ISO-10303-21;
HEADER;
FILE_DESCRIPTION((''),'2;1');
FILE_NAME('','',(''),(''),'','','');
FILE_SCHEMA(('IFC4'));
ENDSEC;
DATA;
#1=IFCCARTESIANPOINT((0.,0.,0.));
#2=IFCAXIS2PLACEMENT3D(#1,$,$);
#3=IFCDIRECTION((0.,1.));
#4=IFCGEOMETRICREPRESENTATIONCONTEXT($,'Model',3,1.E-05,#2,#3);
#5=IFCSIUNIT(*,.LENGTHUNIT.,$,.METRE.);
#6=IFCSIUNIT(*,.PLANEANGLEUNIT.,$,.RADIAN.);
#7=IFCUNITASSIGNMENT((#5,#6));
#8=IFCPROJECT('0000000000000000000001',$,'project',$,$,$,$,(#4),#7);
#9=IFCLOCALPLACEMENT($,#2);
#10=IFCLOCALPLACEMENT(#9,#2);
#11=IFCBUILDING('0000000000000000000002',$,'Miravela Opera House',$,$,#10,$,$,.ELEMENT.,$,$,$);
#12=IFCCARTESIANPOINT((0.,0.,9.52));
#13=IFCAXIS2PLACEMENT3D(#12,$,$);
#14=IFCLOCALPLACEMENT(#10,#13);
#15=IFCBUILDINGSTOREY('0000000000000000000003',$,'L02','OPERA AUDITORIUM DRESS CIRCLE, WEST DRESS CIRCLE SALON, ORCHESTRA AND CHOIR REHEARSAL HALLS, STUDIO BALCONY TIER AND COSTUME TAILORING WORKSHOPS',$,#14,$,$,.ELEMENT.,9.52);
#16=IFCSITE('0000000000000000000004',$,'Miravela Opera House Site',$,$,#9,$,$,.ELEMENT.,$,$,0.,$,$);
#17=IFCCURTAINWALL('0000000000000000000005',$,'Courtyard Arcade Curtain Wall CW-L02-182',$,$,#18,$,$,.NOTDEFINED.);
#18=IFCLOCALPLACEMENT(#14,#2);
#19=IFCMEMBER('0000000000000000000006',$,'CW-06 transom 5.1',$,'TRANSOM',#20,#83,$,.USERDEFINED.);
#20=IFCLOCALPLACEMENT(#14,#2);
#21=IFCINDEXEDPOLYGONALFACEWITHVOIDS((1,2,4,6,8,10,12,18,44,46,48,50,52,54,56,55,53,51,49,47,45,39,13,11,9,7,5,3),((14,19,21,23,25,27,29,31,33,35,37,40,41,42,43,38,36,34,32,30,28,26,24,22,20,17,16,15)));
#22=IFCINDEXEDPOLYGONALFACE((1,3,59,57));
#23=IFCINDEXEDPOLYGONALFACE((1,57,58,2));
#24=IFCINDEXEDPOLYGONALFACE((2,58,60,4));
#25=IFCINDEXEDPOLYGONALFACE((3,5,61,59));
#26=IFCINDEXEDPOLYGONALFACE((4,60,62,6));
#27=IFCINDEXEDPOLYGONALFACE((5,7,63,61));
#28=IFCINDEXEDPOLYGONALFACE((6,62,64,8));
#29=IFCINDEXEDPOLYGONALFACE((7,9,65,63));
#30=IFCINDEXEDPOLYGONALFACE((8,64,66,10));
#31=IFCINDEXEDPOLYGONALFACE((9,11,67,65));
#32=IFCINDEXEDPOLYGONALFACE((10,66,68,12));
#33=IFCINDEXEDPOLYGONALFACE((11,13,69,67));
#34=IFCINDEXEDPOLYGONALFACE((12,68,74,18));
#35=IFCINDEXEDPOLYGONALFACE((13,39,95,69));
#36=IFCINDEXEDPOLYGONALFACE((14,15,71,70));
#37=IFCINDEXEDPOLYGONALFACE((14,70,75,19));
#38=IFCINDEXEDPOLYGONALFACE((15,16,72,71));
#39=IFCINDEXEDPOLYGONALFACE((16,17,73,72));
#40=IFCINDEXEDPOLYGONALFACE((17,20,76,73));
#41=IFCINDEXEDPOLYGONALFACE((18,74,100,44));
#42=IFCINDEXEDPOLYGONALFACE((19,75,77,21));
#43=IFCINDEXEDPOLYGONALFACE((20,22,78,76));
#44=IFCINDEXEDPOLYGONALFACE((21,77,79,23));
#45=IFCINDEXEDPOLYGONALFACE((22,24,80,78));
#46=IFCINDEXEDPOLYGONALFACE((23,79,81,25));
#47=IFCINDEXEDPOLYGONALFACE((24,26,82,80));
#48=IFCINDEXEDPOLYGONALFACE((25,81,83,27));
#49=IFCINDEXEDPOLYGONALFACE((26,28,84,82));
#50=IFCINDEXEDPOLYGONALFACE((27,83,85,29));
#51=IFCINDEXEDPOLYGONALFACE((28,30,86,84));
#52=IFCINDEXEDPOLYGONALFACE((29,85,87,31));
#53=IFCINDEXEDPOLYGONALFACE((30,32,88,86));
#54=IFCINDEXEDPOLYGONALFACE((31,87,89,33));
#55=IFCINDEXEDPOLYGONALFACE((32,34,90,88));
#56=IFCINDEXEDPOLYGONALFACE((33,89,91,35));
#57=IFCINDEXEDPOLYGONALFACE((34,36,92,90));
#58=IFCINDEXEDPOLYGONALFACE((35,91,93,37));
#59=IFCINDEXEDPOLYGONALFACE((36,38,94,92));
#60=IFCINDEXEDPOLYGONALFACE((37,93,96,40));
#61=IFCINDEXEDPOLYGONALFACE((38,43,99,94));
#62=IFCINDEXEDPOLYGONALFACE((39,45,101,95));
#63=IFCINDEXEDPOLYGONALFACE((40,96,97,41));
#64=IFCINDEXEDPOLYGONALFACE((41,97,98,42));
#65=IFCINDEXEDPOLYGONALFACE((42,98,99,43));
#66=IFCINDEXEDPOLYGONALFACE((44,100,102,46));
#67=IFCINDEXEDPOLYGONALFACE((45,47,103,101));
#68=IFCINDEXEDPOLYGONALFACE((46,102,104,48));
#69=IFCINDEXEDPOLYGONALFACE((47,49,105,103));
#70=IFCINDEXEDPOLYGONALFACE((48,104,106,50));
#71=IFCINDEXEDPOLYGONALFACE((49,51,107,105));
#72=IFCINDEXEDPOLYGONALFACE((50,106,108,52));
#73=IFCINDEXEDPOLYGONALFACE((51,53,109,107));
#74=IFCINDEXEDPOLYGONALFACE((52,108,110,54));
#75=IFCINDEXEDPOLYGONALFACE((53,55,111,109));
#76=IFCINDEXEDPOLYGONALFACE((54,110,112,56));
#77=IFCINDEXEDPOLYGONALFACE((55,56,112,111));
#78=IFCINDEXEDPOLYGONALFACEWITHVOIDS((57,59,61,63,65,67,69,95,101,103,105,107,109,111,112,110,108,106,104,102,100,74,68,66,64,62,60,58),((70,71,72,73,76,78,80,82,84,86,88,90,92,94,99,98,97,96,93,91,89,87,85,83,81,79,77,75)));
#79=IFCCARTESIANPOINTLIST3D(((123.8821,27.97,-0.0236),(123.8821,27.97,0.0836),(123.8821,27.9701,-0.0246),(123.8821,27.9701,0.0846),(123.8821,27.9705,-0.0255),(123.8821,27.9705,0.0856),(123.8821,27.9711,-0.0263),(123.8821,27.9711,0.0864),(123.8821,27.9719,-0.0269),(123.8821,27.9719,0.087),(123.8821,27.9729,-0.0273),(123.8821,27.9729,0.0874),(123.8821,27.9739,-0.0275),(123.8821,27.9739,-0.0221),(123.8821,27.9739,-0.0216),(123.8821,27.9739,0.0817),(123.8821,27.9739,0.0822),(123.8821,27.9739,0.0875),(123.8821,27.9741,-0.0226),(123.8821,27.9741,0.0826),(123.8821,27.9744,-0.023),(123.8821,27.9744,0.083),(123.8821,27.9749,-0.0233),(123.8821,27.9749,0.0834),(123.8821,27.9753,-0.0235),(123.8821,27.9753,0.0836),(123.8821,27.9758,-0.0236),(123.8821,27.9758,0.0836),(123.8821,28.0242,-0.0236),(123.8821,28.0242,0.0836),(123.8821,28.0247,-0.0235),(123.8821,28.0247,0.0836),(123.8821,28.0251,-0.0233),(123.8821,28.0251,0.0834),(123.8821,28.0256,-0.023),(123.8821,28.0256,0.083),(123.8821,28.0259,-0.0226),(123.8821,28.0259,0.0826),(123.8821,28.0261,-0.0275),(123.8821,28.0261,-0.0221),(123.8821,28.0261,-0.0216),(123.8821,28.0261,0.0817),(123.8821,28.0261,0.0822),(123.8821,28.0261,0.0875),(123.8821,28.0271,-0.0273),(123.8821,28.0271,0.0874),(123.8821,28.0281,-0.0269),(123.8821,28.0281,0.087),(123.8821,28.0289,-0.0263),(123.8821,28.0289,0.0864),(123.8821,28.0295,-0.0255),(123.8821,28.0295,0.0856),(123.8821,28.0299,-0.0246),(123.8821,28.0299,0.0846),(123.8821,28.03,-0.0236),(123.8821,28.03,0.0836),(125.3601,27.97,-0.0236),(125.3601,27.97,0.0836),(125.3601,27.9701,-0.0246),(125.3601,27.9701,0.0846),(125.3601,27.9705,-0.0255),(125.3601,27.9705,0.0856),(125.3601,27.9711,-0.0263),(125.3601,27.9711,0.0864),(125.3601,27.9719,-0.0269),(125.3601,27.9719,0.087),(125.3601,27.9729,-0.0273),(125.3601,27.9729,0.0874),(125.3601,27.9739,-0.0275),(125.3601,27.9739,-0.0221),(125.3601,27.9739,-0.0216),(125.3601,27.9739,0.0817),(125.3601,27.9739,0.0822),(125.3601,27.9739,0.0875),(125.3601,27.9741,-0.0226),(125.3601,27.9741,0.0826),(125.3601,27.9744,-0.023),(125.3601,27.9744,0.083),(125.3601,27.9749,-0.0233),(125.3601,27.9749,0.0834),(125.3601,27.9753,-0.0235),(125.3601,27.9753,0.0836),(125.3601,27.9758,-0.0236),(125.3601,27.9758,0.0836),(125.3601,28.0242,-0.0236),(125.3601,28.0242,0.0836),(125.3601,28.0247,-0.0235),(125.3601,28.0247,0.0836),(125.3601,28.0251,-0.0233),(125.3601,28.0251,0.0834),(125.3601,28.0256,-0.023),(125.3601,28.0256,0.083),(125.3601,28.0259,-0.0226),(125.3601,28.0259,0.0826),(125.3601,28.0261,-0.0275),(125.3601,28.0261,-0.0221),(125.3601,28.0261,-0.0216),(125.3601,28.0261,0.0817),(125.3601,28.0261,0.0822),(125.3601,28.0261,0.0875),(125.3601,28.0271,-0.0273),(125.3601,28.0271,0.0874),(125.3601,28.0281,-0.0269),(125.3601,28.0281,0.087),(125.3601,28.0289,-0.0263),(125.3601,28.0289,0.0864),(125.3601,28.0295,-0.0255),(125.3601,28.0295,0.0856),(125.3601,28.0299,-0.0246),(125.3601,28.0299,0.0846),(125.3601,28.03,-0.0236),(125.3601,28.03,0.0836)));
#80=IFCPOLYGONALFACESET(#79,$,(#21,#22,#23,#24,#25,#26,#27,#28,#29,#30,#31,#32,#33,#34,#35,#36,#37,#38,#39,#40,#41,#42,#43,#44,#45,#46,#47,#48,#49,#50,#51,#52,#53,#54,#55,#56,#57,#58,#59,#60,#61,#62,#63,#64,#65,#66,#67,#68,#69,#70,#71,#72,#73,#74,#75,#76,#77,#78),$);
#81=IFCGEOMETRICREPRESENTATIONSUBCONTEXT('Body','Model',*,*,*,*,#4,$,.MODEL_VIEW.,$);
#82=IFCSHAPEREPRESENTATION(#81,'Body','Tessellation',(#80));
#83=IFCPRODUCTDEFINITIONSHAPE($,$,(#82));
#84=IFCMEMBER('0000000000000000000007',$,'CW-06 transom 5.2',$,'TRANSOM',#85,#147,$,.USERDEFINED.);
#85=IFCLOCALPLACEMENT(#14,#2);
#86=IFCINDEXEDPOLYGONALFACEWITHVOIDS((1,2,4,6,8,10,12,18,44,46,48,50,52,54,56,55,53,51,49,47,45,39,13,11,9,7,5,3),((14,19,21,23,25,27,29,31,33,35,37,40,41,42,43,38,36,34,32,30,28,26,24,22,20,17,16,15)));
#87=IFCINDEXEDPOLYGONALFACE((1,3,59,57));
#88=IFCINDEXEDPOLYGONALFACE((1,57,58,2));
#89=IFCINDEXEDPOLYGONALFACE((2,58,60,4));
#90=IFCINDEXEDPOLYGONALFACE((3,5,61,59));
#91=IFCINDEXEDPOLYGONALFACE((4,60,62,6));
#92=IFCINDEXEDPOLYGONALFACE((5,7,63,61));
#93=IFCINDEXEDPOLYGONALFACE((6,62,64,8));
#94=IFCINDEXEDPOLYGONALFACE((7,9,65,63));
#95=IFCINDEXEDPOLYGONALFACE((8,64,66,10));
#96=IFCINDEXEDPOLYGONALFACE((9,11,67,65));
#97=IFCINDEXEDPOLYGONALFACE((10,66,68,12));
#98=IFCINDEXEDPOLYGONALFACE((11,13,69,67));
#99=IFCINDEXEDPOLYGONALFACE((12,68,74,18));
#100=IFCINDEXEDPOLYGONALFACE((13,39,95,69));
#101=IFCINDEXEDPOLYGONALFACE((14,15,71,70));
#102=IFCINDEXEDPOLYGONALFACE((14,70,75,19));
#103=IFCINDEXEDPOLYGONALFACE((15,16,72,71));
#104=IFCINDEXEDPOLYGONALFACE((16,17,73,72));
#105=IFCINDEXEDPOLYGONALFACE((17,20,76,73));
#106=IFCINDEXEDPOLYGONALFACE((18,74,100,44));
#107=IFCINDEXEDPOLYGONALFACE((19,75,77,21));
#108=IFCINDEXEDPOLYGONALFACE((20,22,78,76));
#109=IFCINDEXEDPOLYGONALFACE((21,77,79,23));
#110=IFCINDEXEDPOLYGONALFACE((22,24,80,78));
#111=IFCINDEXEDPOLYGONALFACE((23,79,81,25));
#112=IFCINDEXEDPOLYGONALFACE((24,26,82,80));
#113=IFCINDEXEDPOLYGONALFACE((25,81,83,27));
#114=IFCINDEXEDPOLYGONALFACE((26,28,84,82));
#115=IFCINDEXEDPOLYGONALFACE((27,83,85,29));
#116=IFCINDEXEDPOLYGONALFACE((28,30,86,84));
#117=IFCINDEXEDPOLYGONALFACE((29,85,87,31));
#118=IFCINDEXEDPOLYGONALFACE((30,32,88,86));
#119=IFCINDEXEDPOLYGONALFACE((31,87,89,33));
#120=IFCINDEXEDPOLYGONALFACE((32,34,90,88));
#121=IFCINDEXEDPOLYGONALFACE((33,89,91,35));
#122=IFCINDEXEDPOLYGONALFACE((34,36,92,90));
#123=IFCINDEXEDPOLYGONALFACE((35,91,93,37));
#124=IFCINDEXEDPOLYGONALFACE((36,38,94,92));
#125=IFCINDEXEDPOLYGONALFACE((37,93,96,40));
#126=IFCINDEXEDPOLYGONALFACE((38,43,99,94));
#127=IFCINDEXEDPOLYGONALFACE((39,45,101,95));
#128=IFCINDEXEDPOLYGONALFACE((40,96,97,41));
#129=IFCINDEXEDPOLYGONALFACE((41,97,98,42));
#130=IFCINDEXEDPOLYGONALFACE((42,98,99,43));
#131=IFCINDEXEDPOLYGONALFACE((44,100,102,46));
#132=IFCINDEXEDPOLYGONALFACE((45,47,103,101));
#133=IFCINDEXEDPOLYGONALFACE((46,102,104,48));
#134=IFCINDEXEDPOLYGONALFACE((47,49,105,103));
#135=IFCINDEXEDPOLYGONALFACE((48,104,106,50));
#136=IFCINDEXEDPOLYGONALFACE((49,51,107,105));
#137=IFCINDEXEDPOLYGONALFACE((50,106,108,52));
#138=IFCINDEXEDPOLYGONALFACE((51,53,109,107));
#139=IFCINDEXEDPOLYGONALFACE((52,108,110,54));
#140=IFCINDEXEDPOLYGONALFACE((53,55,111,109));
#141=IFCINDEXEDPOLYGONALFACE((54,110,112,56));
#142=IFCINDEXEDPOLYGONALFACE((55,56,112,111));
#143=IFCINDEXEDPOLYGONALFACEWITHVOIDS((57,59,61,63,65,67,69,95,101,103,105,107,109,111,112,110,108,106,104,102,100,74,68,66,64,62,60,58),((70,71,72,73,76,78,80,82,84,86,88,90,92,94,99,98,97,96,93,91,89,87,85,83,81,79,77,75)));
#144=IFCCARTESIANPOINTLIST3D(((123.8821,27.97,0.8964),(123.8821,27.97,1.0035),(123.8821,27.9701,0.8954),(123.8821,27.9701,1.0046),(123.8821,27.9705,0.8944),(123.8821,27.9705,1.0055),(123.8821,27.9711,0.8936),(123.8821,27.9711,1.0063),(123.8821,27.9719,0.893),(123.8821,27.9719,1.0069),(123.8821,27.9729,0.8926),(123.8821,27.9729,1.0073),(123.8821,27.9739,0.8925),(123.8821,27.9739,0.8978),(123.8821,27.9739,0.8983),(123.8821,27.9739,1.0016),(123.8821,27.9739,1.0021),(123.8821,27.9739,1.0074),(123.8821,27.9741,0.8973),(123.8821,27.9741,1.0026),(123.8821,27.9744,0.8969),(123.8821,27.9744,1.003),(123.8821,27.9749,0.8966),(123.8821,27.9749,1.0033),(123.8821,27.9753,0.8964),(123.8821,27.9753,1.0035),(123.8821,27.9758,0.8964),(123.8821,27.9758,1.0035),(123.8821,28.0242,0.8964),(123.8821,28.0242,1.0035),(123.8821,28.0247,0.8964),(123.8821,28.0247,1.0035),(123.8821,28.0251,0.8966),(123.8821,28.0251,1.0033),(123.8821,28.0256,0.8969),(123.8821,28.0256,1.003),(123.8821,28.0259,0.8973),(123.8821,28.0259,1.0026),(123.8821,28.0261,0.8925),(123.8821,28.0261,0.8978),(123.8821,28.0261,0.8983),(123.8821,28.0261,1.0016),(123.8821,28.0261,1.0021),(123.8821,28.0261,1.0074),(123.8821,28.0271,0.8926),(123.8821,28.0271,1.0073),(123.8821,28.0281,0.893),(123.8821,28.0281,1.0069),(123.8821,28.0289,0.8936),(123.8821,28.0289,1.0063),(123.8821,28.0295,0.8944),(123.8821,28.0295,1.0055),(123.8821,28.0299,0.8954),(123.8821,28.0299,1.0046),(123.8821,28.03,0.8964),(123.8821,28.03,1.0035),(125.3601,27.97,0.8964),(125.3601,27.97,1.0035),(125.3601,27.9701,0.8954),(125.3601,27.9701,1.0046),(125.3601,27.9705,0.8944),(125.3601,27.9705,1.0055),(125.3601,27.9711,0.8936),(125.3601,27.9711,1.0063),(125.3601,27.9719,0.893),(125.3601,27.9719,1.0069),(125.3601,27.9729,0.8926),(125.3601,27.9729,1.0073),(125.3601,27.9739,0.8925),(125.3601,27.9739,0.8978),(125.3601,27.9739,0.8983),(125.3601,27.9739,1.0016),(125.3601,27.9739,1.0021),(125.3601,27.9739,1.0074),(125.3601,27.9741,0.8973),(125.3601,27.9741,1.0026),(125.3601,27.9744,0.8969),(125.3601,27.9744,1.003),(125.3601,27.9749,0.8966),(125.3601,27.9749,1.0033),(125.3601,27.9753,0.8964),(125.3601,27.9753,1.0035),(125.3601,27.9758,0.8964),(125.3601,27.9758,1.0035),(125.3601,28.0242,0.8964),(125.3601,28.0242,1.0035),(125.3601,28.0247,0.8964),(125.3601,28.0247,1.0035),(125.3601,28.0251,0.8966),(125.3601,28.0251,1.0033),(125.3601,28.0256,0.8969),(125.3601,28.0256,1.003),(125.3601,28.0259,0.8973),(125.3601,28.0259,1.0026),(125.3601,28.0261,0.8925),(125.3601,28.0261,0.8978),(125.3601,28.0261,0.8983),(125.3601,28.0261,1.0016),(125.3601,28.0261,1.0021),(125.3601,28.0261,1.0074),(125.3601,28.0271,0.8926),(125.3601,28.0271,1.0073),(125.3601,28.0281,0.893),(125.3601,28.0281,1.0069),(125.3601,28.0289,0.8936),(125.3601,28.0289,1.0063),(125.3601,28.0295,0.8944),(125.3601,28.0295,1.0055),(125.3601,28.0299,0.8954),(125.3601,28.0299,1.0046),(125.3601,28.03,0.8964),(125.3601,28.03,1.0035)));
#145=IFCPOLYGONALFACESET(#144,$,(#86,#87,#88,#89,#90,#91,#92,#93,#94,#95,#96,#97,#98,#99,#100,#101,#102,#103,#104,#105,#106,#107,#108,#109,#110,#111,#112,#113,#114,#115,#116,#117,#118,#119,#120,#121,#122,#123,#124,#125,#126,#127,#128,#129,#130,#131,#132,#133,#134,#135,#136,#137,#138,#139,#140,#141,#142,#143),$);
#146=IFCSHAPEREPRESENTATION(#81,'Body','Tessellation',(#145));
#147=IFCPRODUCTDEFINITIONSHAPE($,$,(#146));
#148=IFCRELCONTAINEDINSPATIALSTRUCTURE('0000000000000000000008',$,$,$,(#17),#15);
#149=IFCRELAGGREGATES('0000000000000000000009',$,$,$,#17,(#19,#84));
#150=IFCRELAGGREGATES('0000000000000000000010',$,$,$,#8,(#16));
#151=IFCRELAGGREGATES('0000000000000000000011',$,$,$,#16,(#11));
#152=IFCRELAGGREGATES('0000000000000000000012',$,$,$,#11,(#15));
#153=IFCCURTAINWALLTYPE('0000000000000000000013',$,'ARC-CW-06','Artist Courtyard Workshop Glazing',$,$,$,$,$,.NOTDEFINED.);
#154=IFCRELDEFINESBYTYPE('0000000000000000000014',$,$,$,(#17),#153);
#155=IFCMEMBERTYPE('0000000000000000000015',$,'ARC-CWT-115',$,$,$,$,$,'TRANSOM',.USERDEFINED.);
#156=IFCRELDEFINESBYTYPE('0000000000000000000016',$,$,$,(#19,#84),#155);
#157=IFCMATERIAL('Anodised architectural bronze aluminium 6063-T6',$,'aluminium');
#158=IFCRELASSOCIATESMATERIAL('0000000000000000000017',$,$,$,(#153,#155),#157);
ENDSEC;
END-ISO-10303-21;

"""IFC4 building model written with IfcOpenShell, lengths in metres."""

from ifc_helpers import new_model, si_unit, direction, frame, origin, origin_2d, place, context, subcontext, project, spatial, hollow_rectangle, extrude, material, material_profile, profile_set, type_object, element, aggregate, save


model = new_model("IFC4")

# Units and contexts
model_context = context("Model", 3, precision=1e-05, world=origin(), true_north=direction((0.0, 1.0)))
body_context = subcontext(model_context, "Body", "Model", "MODEL_VIEW")
ifc_project = project(units=[si_unit("LENGTHUNIT", "METRE"), si_unit("PLANEANGLEUNIT", "RADIAN")], contexts=[model_context])

# Site, building, storey
site_placement = place(None, origin())
site = spatial("IfcSite", under=ifc_project, at=site_placement, Name="Miravela Opera House Site", CompositionType="ELEMENT", RefElevation=0.0)
building_placement = place(site_placement, origin())
building = spatial("IfcBuilding", under=site, at=building_placement, Name="Miravela Opera House", CompositionType="ELEMENT")
storey_placement = place(building_placement, frame((0.0, 0.0, 9.52)))
storey = spatial("IfcBuildingStorey", under=building, at=storey_placement, Name="L02", Description="OPERA AUDITORIUM DRESS CIRCLE, WEST DRESS CIRCLE SALON, ORCHESTRA AND CHOIR REHEARSAL HALLS, STUDIO BALCONY TIER AND COSTUME TAILORING WORKSHOPS", CompositionType="ELEMENT", Elevation=9.52)

# Curtain wall, members
ifc_material_1 = material(Name="Anodised architectural bronze aluminium 6063-T6", Category="aluminium")
curtain_wall_type = type_object("IfcCurtainWallType", Name="ARC-CW-06", Description="Artist Courtyard Workshop Glazing", PredefinedType="NOTDEFINED", material=ifc_material_1)
curtain_wall_placement = place(storey_placement, origin())
curtain_wall = element("IfcCurtainWall", 1, at=curtain_wall_placement, inside=storey, type_object=curtain_wall_type, Name="Courtyard Arcade Curtain Wall CW-L02-182", PredefinedType="NOTDEFINED")
ifc_material_profile_1 = material_profile(ifc_material_1, hollow_rectangle(XDim=0.0601, YDim=0.115, WallThickness=0.0039, InnerFilletRadius=0.002, OuterFilletRadius=0.0039, at=origin_2d()), Name="CWT-60X115")
ifc_profile_set_1 = profile_set([ifc_material_profile_1])
member_type_1 = type_object("IfcMemberType", Name="ARC-CWT-115", ElementType="TRANSOM", PredefinedType="USERDEFINED", material=ifc_profile_set_1)
member_1_placement = place(storey_placement, frame((123.8821, 28.0, 0.03), z_axis=(1.0, 0.0, 0.0), x_axis=(0.0, 1.0, 0.0)))
member_1 = element("IfcMember", 2, at=member_1_placement, type_object=member_type_1, Name="CW-06 transom 5.1", ObjectType="TRANSOM", PredefinedType="USERDEFINED", context=body_context, shape_type="SweptSolid", body=[
    extrude(hollow_rectangle(XDim=0.0601, YDim=0.115, WallThickness=0.0039, InnerFilletRadius=0.002, OuterFilletRadius=0.0039, at=origin_2d()), origin(), (0.0, 0.0, 1.0), 1.478),
])
member_2_placement = place(storey_placement, frame((123.8821, 28.0, 0.95), z_axis=(1.0, 0.0, 0.0), x_axis=(0.0, 1.0, 0.0)))
member_2 = element("IfcMember", 3, at=member_2_placement, type_object=member_type_1, Name="CW-06 transom 5.2", ObjectType="TRANSOM", PredefinedType="USERDEFINED", context=body_context, shape_type="SweptSolid", body=[
    extrude(hollow_rectangle(XDim=0.0601, YDim=0.115, WallThickness=0.0039, InnerFilletRadius=0.002, OuterFilletRadius=0.0039, at=origin_2d()), origin(), (0.0, 0.0, 1.0), 1.478),
])

aggregate(curtain_wall, [member_1, member_2])

save(model, "model.ifc")
